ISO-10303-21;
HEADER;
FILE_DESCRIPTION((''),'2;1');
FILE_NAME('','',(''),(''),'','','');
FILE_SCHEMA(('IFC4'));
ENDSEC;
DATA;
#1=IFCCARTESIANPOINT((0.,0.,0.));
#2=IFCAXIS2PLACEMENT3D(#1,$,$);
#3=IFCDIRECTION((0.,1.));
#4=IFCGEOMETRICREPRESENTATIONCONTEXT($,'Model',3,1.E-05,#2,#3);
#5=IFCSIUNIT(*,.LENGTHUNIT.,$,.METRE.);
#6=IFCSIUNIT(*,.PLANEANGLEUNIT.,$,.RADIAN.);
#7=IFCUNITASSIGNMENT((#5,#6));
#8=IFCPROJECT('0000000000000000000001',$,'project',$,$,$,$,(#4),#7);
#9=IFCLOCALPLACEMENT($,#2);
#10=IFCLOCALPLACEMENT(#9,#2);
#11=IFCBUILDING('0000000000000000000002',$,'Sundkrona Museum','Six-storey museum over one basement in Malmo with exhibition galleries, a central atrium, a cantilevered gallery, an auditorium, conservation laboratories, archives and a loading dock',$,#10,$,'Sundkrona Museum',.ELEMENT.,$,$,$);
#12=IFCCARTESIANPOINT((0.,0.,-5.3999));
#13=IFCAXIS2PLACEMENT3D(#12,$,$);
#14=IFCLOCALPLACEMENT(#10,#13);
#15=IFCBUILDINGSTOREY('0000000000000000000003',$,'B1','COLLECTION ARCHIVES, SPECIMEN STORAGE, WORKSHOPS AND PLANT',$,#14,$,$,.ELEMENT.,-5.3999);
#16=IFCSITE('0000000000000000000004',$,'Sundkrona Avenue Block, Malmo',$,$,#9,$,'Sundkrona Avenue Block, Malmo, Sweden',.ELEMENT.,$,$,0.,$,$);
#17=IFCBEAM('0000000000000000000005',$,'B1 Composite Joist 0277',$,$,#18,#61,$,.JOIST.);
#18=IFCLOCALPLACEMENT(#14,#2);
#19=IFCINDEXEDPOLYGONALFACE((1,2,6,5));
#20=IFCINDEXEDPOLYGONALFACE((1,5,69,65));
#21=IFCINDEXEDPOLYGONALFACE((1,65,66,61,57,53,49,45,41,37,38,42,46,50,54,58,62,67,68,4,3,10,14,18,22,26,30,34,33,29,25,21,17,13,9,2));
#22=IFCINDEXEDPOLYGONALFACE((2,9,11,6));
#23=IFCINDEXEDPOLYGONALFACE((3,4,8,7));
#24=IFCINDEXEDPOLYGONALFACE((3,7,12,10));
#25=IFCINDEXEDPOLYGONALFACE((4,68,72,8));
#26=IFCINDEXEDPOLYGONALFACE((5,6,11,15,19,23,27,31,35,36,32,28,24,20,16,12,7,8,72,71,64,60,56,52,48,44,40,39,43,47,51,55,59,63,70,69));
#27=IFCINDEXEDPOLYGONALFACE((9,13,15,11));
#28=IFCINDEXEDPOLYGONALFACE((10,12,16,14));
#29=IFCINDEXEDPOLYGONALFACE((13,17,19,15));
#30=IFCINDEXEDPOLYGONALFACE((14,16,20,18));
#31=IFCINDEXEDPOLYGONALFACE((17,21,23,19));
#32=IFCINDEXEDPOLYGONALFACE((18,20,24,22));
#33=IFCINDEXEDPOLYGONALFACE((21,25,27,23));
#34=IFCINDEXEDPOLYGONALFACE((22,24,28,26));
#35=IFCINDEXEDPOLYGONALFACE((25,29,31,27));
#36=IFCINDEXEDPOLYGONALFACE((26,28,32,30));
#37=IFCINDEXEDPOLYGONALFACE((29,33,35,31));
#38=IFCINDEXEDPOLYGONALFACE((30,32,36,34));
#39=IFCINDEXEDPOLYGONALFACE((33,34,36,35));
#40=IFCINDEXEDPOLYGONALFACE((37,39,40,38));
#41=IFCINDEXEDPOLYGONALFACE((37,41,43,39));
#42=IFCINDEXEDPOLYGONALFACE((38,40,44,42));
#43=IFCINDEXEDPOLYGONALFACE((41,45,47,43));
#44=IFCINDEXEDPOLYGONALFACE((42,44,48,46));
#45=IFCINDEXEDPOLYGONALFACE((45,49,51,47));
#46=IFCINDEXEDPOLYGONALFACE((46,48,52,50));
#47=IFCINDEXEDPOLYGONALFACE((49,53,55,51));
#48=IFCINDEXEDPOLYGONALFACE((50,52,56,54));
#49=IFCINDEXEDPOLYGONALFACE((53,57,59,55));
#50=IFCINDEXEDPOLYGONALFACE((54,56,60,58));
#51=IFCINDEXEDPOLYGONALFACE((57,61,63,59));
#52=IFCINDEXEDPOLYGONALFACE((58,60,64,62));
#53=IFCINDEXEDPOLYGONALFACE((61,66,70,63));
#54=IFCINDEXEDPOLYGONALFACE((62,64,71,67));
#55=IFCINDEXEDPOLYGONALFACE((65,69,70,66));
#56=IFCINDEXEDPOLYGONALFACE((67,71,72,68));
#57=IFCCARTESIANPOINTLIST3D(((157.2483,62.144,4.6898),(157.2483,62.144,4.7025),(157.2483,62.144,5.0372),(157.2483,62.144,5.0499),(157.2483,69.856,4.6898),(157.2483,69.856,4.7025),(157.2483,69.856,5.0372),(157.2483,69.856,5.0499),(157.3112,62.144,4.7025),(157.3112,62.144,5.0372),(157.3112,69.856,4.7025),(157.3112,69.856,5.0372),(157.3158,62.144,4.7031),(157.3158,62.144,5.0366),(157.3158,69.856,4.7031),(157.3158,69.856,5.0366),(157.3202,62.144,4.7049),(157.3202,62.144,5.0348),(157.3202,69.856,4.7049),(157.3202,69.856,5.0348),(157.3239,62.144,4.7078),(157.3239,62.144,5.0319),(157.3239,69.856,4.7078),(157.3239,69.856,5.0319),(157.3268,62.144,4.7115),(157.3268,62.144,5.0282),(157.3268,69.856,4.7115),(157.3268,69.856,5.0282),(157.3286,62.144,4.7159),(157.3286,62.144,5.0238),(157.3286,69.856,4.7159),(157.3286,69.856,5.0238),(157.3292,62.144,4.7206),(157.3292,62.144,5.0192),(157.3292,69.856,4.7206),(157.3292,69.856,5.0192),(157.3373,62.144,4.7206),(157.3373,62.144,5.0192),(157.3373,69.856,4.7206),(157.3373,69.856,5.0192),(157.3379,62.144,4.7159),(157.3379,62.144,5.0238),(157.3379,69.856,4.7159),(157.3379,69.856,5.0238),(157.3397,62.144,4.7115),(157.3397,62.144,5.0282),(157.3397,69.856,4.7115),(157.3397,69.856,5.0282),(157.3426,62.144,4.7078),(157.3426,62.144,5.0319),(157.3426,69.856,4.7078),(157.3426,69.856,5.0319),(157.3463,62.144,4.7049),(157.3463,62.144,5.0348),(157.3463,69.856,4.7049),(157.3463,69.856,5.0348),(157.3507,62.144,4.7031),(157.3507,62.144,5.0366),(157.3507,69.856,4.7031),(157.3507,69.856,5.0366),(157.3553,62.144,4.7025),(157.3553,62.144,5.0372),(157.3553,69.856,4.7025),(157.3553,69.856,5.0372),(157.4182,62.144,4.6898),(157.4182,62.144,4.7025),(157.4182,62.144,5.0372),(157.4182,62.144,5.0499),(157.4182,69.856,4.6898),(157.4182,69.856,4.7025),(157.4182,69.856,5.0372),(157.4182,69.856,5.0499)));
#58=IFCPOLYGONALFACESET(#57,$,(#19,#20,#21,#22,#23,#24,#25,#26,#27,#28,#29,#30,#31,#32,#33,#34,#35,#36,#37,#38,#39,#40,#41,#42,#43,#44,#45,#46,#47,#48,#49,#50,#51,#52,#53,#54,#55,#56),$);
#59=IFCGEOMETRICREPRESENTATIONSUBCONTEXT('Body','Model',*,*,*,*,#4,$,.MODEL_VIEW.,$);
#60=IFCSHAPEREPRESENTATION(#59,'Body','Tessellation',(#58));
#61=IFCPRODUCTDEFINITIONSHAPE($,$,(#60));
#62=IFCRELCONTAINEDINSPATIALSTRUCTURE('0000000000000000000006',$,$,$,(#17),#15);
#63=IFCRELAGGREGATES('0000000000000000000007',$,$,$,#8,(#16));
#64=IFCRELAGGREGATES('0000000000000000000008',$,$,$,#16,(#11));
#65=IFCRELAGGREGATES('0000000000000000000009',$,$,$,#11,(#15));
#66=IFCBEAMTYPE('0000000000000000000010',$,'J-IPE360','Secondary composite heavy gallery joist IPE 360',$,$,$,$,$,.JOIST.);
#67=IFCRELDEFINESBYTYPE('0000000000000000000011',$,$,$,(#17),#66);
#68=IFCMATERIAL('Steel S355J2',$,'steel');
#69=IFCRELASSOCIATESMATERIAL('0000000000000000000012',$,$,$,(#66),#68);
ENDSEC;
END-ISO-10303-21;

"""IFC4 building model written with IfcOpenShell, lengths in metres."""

from ifc_helpers import new_model, si_unit, direction, frame, origin, origin_2d, place, context, subcontext, project, spatial, i_section, extrude, material, material_profile, profile_set, type_object, element, save


model = new_model("IFC4")

# Units and contexts
model_context = context("Model", 3, precision=1e-05, world=origin(), true_north=direction((0.0, 1.0)))
body_context = subcontext(model_context, "Body", "Model", "MODEL_VIEW")
ifc_project = project(units=[si_unit("LENGTHUNIT", "METRE"), si_unit("PLANEANGLEUNIT", "RADIAN")], contexts=[model_context])

# Site, building, storey
site_placement = place(None, origin())
site = spatial("IfcSite", under=ifc_project, at=site_placement, Name="Sundkrona Avenue Block, Malmo", LongName="Sundkrona Avenue Block, Malmo, Sweden", CompositionType="ELEMENT", RefElevation=0.0)
building_placement = place(site_placement, origin())
building = spatial("IfcBuilding", under=site, at=building_placement, Name="Sundkrona Museum", Description="Six-storey museum over one basement in Malmo with exhibition galleries, a central atrium, a cantilevered gallery, an auditorium, conservation laboratories, archives and a loading dock", LongName="Sundkrona Museum", CompositionType="ELEMENT")
storey_placement = place(building_placement, frame((0.0, 0.0, -5.3999)))
storey = spatial("IfcBuildingStorey", under=building, at=storey_placement, Name="B1", Description="COLLECTION ARCHIVES, SPECIMEN STORAGE, WORKSHOPS AND PLANT", CompositionType="ELEMENT", Elevation=-5.3999)

# Beam
ifc_material_1 = material(Name="Steel S355J2", Category="steel")
ifc_material_profile_1 = material_profile(ifc_material_1, i_section(OverallWidth=0.1699, OverallDepth=0.3601, WebThickness=0.0081, FlangeThickness=0.0127, FilletRadius=0.0181, at=origin_2d()), Name="IPE 360")
ifc_profile_set_1 = profile_set([ifc_material_profile_1], Name="Steel S355J2")
beam_type_1 = type_object("IfcBeamType", Name="J-IPE360", Description="Secondary composite heavy gallery joist IPE 360", PredefinedType="JOIST", material=ifc_profile_set_1)
for number, where, z_axis, x_axis, name in (
    (1, (157.3333, 62.144, 4.8699), (0.0, 1.0, 0.0), (-1.0, 0.0, 0.0), "B1 Composite Joist 0277"),
):
    element("IfcBeam", number, at=place(storey_placement, frame(where, z_axis=z_axis, x_axis=x_axis)), inside=storey, type_object=beam_type_1, Name=name, PredefinedType="JOIST", context=body_context, shape_type="SweptSolid", body=[
        extrude(i_section(OverallWidth=0.1699, OverallDepth=0.3601, WebThickness=0.0081, FlangeThickness=0.0127, FilletRadius=0.0181, at=origin_2d()), origin(), (0.0, 0.0, 1.0), 7.7119),
    ])

save(model, "model.ifc")
